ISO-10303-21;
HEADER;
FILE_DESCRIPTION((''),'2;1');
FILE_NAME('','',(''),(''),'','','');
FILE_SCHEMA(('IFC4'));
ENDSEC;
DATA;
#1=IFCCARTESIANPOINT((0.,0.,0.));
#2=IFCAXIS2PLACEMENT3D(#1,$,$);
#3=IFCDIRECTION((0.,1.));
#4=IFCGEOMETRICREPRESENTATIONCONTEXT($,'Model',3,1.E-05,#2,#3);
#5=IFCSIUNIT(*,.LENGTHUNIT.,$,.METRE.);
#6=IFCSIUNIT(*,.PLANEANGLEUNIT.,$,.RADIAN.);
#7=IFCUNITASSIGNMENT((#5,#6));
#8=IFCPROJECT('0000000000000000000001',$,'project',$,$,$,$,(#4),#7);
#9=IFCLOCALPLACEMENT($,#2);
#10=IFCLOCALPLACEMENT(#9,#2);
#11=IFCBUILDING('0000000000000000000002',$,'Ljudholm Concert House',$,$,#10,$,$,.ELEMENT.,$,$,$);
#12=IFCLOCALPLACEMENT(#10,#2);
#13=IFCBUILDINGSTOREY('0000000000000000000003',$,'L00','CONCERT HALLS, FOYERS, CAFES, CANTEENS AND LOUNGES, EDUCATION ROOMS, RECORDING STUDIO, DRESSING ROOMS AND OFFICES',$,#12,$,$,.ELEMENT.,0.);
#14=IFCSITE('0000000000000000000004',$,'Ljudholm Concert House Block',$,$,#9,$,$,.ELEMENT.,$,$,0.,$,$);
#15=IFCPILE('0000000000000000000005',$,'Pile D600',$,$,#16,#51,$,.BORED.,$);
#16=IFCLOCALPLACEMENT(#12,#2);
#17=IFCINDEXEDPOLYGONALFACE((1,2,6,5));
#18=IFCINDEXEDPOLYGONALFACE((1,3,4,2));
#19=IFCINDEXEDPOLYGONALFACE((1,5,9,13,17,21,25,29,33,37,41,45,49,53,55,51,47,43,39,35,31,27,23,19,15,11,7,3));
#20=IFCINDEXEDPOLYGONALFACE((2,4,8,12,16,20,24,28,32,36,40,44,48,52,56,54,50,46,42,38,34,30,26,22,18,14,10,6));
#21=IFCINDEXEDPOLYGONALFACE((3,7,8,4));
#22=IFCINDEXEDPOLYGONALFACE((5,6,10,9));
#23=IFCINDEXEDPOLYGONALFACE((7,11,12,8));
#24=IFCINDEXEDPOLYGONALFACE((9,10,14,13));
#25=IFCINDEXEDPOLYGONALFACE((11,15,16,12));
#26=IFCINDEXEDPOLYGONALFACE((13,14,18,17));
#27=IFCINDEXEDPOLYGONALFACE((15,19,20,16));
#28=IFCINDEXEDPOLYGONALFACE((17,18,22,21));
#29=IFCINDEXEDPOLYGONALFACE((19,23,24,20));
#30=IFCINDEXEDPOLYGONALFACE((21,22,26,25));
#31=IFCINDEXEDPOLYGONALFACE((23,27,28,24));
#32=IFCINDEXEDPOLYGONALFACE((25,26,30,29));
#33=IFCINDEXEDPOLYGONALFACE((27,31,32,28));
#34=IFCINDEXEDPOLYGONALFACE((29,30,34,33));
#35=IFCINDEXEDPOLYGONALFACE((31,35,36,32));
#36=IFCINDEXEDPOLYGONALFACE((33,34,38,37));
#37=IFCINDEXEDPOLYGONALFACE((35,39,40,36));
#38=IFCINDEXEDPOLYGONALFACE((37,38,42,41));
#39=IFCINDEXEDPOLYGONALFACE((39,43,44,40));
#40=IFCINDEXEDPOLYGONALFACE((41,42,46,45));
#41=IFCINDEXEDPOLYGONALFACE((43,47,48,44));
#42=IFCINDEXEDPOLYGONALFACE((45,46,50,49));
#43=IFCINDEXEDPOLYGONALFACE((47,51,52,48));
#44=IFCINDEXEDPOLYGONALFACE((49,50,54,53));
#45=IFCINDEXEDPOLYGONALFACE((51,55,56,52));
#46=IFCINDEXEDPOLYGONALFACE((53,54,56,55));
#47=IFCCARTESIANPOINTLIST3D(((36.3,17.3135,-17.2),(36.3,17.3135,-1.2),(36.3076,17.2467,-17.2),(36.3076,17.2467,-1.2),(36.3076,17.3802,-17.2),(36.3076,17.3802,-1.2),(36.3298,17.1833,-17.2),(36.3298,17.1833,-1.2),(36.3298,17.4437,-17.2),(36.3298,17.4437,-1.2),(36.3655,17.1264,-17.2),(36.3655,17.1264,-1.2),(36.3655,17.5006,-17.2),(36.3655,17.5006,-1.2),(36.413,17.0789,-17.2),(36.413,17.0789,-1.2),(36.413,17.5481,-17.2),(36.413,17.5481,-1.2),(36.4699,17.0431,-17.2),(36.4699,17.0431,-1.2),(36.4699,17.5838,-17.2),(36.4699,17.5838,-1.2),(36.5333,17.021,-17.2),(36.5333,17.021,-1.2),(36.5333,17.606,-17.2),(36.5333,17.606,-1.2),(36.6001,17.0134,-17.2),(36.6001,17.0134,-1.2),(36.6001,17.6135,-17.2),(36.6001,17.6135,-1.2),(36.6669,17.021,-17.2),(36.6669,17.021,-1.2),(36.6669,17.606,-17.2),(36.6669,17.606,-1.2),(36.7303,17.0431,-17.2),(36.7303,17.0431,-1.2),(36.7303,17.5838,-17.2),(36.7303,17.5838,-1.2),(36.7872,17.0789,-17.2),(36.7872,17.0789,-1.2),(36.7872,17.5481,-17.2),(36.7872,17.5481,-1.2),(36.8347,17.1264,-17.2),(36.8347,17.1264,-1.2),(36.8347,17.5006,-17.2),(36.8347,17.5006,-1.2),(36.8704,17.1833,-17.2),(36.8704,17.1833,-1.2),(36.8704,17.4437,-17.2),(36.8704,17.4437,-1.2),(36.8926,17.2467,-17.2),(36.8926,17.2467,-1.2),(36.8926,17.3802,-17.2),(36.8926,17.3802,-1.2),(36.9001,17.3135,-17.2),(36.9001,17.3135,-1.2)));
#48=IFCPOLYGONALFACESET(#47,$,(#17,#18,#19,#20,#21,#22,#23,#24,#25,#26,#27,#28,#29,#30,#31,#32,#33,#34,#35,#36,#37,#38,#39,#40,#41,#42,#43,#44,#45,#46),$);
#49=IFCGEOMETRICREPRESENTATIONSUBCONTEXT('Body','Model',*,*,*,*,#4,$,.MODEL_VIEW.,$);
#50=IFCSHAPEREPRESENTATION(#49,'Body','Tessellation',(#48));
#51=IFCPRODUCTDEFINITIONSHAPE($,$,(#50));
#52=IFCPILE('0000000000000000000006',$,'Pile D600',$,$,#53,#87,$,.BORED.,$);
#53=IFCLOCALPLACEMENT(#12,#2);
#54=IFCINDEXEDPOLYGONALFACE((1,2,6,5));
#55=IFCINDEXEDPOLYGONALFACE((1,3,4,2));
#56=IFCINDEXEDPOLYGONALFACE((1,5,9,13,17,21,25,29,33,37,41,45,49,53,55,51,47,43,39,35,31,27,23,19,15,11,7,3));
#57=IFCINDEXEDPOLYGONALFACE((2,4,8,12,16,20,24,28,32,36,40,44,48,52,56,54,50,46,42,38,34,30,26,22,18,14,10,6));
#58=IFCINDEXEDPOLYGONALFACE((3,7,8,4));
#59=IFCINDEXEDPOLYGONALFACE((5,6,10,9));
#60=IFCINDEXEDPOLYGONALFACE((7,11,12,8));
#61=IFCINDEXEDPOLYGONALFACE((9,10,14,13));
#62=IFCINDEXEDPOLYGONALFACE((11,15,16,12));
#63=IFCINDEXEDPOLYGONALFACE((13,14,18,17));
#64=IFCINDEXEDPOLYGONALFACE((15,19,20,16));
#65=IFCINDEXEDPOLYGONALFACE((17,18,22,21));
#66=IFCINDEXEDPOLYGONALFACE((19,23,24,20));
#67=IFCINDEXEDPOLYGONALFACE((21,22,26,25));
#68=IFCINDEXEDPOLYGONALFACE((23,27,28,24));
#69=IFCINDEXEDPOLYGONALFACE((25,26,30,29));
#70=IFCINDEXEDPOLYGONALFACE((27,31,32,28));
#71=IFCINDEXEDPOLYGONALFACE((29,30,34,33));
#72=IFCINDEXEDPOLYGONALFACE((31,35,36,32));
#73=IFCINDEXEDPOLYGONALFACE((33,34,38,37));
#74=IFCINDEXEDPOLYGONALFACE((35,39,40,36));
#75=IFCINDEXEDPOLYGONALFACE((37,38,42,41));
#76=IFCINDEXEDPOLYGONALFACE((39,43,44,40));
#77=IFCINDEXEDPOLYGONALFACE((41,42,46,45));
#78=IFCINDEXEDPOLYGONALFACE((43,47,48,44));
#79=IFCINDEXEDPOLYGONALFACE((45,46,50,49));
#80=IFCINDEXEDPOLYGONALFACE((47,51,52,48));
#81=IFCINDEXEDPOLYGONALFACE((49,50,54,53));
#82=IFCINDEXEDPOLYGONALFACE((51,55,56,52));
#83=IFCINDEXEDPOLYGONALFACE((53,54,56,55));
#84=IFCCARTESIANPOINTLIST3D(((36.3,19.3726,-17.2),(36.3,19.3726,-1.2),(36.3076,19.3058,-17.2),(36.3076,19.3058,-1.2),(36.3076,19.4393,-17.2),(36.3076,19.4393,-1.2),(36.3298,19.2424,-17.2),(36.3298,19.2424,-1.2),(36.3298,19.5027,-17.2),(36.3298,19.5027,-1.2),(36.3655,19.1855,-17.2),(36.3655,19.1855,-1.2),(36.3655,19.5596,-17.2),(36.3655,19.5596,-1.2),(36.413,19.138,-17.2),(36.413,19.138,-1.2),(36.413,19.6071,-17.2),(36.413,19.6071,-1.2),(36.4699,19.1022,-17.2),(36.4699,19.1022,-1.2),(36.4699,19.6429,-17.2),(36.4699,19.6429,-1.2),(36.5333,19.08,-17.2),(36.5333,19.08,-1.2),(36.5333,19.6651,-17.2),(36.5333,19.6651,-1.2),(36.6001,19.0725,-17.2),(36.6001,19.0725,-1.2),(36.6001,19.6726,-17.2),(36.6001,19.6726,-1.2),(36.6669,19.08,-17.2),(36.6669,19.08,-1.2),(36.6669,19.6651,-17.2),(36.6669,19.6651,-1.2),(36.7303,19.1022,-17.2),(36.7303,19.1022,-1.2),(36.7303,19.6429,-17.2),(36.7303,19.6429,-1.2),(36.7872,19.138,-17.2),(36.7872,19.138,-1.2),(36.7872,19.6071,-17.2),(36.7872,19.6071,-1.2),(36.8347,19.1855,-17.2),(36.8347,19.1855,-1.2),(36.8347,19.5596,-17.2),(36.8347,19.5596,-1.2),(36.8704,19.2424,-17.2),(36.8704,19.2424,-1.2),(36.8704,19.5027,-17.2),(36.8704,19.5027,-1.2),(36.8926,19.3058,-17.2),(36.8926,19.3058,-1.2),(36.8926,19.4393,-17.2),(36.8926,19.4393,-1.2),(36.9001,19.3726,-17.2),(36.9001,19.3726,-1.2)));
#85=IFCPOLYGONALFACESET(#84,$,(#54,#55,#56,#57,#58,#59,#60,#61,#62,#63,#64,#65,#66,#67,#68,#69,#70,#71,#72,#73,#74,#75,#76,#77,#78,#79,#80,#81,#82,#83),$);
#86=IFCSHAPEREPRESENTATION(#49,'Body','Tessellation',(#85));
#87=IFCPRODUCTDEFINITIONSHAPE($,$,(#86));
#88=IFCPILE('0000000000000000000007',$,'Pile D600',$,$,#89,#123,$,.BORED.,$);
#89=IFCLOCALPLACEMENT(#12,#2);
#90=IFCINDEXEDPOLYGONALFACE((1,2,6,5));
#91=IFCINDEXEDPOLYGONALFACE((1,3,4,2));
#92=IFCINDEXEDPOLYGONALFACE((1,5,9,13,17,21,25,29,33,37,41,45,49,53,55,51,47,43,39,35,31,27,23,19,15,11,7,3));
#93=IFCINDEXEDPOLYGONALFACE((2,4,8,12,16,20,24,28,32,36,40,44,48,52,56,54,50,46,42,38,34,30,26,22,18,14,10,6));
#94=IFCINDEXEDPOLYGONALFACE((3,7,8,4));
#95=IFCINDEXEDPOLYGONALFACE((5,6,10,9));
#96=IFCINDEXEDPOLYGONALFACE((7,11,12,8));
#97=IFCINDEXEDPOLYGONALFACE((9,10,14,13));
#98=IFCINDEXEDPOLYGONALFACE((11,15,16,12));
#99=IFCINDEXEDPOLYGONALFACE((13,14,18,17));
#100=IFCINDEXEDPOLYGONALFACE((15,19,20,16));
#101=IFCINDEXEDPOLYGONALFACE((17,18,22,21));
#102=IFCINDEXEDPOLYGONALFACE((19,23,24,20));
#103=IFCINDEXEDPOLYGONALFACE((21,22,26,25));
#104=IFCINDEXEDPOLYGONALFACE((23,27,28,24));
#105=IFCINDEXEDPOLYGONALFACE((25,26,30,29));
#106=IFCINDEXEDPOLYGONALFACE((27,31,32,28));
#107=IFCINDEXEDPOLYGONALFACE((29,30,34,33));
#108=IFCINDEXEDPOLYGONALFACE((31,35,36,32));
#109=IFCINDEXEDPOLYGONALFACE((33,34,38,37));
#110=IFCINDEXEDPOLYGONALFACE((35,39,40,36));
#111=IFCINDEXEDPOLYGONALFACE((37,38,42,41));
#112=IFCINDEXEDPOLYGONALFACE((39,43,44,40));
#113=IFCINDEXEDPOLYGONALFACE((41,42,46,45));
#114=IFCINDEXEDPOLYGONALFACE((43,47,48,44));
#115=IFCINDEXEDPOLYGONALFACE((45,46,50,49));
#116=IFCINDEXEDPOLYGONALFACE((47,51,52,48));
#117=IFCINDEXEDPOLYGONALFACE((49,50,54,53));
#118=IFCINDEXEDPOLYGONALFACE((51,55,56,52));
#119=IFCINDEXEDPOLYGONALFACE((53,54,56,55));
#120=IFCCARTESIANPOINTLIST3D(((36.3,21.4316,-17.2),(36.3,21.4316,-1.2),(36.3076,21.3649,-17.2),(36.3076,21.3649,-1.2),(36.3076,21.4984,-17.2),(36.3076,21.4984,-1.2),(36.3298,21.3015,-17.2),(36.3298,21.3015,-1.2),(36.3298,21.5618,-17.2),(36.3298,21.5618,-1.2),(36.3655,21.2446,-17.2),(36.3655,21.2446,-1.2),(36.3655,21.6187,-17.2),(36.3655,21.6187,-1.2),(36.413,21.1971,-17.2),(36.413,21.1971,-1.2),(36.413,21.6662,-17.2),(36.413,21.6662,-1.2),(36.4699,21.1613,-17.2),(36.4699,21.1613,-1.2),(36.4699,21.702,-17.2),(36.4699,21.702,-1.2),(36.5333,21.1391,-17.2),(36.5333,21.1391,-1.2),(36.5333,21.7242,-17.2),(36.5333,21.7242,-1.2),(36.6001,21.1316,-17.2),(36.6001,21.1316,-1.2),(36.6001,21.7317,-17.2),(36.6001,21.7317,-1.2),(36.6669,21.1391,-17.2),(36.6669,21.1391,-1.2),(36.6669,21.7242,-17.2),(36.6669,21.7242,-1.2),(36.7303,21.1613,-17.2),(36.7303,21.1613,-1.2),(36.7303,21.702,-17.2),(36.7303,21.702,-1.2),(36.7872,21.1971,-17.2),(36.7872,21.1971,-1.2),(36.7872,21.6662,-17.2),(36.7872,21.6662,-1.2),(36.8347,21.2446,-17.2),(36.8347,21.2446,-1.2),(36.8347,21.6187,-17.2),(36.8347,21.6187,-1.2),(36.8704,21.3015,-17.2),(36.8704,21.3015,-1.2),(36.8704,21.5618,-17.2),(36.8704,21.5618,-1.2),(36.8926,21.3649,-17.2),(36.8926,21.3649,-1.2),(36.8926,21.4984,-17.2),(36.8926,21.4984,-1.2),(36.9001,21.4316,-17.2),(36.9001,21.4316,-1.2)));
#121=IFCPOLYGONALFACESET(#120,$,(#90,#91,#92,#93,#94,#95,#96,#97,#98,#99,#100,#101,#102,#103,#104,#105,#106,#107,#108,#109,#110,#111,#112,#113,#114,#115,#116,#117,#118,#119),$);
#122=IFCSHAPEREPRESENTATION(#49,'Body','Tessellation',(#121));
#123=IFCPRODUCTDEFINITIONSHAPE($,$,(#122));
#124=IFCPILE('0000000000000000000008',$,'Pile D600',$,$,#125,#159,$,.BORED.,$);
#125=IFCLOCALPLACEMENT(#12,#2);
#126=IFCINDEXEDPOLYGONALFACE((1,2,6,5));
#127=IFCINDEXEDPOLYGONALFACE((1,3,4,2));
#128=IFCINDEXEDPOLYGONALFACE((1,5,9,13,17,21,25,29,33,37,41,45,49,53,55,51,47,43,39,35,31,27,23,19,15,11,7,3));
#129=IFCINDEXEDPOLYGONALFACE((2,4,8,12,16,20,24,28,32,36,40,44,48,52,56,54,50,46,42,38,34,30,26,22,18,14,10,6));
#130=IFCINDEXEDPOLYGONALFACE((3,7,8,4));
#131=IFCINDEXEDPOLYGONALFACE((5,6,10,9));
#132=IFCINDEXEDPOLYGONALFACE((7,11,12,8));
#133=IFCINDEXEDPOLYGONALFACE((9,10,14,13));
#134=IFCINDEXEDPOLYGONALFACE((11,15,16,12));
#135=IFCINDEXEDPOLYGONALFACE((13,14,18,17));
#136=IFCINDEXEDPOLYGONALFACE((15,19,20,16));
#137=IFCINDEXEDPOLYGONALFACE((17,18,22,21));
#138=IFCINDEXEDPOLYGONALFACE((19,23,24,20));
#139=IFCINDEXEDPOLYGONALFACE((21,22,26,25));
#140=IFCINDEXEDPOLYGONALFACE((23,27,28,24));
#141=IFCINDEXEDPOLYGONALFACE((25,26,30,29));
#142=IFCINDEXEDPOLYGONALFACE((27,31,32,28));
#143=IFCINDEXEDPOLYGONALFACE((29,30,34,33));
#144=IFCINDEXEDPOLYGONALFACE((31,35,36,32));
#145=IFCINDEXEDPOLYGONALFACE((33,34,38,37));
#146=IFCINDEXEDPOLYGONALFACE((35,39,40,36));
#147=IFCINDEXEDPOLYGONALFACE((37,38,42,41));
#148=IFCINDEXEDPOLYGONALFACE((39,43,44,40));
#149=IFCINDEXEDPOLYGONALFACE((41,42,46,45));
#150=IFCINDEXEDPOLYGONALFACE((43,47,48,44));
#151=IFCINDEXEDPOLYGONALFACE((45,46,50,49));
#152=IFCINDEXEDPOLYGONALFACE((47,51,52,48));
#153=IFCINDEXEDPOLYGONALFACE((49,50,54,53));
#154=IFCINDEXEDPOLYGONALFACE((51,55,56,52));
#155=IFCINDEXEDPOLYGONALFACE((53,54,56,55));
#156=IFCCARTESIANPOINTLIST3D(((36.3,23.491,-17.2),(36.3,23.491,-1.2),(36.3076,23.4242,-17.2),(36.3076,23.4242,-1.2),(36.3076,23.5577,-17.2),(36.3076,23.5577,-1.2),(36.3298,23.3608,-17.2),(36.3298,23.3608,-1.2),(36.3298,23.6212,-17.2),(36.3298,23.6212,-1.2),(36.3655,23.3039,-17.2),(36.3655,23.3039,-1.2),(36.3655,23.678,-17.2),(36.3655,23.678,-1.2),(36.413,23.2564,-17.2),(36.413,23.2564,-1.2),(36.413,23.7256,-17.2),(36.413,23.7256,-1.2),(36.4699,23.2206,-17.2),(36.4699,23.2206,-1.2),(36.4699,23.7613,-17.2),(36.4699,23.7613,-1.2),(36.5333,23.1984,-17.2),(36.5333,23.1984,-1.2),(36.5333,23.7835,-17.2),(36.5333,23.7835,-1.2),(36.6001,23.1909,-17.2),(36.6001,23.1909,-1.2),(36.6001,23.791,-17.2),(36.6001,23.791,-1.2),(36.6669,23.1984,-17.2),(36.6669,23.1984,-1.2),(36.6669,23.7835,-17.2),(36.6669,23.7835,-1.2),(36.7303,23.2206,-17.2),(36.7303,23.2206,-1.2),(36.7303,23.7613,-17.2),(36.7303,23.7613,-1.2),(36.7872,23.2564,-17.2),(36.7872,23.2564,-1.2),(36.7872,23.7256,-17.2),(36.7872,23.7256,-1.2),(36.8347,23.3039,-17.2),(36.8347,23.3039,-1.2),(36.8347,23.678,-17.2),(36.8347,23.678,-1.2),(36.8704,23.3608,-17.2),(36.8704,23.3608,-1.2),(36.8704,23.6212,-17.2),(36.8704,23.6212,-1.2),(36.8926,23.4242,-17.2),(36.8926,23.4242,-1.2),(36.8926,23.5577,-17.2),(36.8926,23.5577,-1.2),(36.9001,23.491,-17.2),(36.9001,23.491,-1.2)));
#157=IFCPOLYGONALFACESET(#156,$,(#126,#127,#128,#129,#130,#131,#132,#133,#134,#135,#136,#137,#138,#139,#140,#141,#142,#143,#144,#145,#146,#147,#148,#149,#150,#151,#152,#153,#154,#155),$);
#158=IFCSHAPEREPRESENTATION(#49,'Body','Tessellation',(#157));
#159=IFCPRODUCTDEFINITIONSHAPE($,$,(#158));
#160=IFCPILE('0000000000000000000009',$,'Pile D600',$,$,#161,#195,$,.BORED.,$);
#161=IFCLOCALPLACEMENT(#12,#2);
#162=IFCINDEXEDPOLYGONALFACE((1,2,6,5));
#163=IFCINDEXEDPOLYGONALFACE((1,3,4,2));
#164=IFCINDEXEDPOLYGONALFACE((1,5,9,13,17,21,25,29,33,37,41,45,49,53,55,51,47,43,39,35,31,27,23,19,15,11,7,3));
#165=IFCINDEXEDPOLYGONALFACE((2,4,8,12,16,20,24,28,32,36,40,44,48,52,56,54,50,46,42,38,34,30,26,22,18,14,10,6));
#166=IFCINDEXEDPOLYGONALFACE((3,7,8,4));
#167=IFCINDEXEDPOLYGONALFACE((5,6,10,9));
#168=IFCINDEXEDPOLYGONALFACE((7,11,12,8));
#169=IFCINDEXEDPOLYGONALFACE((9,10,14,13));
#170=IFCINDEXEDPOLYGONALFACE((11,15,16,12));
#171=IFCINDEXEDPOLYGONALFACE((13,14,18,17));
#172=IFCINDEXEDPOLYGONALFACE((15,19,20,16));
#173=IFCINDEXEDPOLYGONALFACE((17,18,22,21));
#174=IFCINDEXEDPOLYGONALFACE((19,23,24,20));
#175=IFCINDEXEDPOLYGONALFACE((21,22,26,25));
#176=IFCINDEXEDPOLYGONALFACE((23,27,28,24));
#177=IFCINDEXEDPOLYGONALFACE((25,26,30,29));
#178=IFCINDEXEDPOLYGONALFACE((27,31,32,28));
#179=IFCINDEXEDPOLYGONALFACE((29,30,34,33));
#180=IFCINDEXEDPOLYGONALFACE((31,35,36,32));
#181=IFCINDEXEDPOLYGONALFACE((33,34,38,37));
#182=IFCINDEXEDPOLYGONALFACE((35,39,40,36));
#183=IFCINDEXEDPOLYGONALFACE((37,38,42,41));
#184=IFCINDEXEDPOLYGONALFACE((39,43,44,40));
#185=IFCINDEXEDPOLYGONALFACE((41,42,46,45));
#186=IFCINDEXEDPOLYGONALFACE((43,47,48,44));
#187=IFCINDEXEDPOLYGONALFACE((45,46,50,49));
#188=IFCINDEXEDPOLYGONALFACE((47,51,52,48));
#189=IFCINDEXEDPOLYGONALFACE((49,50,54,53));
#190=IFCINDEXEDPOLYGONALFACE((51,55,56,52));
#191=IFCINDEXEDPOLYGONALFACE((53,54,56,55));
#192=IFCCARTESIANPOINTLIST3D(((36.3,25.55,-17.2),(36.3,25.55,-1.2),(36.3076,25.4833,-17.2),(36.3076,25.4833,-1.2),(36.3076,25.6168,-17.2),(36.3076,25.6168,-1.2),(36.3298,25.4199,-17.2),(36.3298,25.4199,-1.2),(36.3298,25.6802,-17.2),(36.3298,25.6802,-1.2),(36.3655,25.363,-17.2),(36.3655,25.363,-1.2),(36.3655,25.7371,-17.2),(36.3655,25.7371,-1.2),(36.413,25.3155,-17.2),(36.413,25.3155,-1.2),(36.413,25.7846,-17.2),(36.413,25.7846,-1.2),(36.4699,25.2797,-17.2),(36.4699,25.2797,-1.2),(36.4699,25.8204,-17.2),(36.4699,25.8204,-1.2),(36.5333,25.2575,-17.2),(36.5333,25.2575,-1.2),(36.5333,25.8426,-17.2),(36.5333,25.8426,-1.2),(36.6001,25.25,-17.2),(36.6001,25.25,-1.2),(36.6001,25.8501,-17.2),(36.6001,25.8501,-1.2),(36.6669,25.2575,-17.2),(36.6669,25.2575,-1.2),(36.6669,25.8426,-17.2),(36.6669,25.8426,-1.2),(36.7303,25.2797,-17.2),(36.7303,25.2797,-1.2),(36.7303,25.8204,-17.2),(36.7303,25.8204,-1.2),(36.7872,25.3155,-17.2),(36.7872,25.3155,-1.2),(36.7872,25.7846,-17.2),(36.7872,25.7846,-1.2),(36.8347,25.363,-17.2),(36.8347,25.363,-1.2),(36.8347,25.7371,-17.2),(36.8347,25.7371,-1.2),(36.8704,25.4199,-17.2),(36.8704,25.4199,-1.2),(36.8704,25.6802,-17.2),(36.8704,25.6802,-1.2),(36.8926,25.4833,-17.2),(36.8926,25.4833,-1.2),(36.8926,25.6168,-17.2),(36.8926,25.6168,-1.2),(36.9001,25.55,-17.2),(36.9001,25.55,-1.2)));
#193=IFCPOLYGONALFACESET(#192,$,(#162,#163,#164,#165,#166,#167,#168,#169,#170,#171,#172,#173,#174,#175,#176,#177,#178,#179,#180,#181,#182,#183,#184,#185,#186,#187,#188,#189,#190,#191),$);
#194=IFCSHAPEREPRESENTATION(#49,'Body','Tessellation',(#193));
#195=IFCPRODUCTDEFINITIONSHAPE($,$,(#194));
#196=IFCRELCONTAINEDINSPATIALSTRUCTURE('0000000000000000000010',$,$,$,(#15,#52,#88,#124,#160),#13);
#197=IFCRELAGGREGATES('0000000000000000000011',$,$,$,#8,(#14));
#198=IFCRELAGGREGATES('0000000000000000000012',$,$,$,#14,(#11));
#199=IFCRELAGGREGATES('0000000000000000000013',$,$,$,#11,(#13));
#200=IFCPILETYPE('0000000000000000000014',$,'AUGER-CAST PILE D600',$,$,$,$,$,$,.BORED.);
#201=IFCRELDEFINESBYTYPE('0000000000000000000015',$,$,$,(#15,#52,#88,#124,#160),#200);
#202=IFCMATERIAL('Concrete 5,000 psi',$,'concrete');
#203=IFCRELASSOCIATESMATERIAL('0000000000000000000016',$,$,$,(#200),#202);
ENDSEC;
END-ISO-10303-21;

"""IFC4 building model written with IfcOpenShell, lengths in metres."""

from ifc_helpers import new_model, si_unit, direction, frame, origin, origin_2d, place, context, subcontext, project, spatial, circle, extrude, material, material_profile, profile_set, type_object, element, save


model = new_model("IFC4")

# Units and contexts
model_context = context("Model", 3, precision=1e-05, world=origin(), true_north=direction((0.0, 1.0)))
body_context = subcontext(model_context, "Body", "Model", "MODEL_VIEW")
ifc_project = project(units=[si_unit("LENGTHUNIT", "METRE"), si_unit("PLANEANGLEUNIT", "RADIAN")], contexts=[model_context])

# Site, building, storey
site_placement = place(None, origin())
site = spatial("IfcSite", under=ifc_project, at=site_placement, Name="Ljudholm Concert House Block", CompositionType="ELEMENT", RefElevation=0.0)
building_placement = place(site_placement, origin())
building = spatial("IfcBuilding", under=site, at=building_placement, Name="Ljudholm Concert House", CompositionType="ELEMENT")
storey_placement = place(building_placement, origin())
storey = spatial("IfcBuildingStorey", under=building, at=storey_placement, Name="L00", Description="CONCERT HALLS, FOYERS, CAFES, CANTEENS AND LOUNGES, EDUCATION ROOMS, RECORDING STUDIO, DRESSING ROOMS AND OFFICES", CompositionType="ELEMENT", Elevation=0.0)

# Piles
ifc_material_1 = material(Name="Concrete 5,000 psi", Category="concrete")
ifc_material_profile_1 = material_profile(ifc_material_1, circle(Radius=0.3, at=origin_2d()), Name="AUGER-CAST PILE D600")
ifc_profile_set_1 = profile_set([ifc_material_profile_1], Name="Concrete 5,000 psi")
pile_type = type_object("IfcPileType", Name="AUGER-CAST PILE D600", PredefinedType="BORED", material=ifc_profile_set_1)
for number, where, z_axis, x_axis, name in (
    (1, (36.6001, 17.3135, -1.2), (0.0, 0.0, -1.0), (1.0, 0.0, 0.0), "Pile D600"),
    (2, (36.6001, 19.3726, -1.2), (0.0, 0.0, -1.0), (1.0, 0.0, 0.0), "Pile D600"),
    (3, (36.6001, 21.4316, -1.2), (0.0, 0.0, -1.0), (1.0, 0.0, 0.0), "Pile D600"),
    (4, (36.6001, 23.491, -1.2), (0.0, 0.0, -1.0), (1.0, 0.0, 0.0), "Pile D600"),
    (5, (36.6001, 25.55, -1.2), (0.0, 0.0, -1.0), (1.0, 0.0, 0.0), "Pile D600"),
):
    element("IfcPile", number, at=place(storey_placement, frame(where, z_axis=z_axis, x_axis=x_axis)), inside=storey, type_object=pile_type, Name=name, PredefinedType="BORED", context=body_context, shape_type="SweptSolid", body=[
        extrude(circle(Radius=0.3, at=origin_2d()), origin(), (0.0, 0.0, 1.0), 16.0),
    ])

save(model, "model.ifc")
